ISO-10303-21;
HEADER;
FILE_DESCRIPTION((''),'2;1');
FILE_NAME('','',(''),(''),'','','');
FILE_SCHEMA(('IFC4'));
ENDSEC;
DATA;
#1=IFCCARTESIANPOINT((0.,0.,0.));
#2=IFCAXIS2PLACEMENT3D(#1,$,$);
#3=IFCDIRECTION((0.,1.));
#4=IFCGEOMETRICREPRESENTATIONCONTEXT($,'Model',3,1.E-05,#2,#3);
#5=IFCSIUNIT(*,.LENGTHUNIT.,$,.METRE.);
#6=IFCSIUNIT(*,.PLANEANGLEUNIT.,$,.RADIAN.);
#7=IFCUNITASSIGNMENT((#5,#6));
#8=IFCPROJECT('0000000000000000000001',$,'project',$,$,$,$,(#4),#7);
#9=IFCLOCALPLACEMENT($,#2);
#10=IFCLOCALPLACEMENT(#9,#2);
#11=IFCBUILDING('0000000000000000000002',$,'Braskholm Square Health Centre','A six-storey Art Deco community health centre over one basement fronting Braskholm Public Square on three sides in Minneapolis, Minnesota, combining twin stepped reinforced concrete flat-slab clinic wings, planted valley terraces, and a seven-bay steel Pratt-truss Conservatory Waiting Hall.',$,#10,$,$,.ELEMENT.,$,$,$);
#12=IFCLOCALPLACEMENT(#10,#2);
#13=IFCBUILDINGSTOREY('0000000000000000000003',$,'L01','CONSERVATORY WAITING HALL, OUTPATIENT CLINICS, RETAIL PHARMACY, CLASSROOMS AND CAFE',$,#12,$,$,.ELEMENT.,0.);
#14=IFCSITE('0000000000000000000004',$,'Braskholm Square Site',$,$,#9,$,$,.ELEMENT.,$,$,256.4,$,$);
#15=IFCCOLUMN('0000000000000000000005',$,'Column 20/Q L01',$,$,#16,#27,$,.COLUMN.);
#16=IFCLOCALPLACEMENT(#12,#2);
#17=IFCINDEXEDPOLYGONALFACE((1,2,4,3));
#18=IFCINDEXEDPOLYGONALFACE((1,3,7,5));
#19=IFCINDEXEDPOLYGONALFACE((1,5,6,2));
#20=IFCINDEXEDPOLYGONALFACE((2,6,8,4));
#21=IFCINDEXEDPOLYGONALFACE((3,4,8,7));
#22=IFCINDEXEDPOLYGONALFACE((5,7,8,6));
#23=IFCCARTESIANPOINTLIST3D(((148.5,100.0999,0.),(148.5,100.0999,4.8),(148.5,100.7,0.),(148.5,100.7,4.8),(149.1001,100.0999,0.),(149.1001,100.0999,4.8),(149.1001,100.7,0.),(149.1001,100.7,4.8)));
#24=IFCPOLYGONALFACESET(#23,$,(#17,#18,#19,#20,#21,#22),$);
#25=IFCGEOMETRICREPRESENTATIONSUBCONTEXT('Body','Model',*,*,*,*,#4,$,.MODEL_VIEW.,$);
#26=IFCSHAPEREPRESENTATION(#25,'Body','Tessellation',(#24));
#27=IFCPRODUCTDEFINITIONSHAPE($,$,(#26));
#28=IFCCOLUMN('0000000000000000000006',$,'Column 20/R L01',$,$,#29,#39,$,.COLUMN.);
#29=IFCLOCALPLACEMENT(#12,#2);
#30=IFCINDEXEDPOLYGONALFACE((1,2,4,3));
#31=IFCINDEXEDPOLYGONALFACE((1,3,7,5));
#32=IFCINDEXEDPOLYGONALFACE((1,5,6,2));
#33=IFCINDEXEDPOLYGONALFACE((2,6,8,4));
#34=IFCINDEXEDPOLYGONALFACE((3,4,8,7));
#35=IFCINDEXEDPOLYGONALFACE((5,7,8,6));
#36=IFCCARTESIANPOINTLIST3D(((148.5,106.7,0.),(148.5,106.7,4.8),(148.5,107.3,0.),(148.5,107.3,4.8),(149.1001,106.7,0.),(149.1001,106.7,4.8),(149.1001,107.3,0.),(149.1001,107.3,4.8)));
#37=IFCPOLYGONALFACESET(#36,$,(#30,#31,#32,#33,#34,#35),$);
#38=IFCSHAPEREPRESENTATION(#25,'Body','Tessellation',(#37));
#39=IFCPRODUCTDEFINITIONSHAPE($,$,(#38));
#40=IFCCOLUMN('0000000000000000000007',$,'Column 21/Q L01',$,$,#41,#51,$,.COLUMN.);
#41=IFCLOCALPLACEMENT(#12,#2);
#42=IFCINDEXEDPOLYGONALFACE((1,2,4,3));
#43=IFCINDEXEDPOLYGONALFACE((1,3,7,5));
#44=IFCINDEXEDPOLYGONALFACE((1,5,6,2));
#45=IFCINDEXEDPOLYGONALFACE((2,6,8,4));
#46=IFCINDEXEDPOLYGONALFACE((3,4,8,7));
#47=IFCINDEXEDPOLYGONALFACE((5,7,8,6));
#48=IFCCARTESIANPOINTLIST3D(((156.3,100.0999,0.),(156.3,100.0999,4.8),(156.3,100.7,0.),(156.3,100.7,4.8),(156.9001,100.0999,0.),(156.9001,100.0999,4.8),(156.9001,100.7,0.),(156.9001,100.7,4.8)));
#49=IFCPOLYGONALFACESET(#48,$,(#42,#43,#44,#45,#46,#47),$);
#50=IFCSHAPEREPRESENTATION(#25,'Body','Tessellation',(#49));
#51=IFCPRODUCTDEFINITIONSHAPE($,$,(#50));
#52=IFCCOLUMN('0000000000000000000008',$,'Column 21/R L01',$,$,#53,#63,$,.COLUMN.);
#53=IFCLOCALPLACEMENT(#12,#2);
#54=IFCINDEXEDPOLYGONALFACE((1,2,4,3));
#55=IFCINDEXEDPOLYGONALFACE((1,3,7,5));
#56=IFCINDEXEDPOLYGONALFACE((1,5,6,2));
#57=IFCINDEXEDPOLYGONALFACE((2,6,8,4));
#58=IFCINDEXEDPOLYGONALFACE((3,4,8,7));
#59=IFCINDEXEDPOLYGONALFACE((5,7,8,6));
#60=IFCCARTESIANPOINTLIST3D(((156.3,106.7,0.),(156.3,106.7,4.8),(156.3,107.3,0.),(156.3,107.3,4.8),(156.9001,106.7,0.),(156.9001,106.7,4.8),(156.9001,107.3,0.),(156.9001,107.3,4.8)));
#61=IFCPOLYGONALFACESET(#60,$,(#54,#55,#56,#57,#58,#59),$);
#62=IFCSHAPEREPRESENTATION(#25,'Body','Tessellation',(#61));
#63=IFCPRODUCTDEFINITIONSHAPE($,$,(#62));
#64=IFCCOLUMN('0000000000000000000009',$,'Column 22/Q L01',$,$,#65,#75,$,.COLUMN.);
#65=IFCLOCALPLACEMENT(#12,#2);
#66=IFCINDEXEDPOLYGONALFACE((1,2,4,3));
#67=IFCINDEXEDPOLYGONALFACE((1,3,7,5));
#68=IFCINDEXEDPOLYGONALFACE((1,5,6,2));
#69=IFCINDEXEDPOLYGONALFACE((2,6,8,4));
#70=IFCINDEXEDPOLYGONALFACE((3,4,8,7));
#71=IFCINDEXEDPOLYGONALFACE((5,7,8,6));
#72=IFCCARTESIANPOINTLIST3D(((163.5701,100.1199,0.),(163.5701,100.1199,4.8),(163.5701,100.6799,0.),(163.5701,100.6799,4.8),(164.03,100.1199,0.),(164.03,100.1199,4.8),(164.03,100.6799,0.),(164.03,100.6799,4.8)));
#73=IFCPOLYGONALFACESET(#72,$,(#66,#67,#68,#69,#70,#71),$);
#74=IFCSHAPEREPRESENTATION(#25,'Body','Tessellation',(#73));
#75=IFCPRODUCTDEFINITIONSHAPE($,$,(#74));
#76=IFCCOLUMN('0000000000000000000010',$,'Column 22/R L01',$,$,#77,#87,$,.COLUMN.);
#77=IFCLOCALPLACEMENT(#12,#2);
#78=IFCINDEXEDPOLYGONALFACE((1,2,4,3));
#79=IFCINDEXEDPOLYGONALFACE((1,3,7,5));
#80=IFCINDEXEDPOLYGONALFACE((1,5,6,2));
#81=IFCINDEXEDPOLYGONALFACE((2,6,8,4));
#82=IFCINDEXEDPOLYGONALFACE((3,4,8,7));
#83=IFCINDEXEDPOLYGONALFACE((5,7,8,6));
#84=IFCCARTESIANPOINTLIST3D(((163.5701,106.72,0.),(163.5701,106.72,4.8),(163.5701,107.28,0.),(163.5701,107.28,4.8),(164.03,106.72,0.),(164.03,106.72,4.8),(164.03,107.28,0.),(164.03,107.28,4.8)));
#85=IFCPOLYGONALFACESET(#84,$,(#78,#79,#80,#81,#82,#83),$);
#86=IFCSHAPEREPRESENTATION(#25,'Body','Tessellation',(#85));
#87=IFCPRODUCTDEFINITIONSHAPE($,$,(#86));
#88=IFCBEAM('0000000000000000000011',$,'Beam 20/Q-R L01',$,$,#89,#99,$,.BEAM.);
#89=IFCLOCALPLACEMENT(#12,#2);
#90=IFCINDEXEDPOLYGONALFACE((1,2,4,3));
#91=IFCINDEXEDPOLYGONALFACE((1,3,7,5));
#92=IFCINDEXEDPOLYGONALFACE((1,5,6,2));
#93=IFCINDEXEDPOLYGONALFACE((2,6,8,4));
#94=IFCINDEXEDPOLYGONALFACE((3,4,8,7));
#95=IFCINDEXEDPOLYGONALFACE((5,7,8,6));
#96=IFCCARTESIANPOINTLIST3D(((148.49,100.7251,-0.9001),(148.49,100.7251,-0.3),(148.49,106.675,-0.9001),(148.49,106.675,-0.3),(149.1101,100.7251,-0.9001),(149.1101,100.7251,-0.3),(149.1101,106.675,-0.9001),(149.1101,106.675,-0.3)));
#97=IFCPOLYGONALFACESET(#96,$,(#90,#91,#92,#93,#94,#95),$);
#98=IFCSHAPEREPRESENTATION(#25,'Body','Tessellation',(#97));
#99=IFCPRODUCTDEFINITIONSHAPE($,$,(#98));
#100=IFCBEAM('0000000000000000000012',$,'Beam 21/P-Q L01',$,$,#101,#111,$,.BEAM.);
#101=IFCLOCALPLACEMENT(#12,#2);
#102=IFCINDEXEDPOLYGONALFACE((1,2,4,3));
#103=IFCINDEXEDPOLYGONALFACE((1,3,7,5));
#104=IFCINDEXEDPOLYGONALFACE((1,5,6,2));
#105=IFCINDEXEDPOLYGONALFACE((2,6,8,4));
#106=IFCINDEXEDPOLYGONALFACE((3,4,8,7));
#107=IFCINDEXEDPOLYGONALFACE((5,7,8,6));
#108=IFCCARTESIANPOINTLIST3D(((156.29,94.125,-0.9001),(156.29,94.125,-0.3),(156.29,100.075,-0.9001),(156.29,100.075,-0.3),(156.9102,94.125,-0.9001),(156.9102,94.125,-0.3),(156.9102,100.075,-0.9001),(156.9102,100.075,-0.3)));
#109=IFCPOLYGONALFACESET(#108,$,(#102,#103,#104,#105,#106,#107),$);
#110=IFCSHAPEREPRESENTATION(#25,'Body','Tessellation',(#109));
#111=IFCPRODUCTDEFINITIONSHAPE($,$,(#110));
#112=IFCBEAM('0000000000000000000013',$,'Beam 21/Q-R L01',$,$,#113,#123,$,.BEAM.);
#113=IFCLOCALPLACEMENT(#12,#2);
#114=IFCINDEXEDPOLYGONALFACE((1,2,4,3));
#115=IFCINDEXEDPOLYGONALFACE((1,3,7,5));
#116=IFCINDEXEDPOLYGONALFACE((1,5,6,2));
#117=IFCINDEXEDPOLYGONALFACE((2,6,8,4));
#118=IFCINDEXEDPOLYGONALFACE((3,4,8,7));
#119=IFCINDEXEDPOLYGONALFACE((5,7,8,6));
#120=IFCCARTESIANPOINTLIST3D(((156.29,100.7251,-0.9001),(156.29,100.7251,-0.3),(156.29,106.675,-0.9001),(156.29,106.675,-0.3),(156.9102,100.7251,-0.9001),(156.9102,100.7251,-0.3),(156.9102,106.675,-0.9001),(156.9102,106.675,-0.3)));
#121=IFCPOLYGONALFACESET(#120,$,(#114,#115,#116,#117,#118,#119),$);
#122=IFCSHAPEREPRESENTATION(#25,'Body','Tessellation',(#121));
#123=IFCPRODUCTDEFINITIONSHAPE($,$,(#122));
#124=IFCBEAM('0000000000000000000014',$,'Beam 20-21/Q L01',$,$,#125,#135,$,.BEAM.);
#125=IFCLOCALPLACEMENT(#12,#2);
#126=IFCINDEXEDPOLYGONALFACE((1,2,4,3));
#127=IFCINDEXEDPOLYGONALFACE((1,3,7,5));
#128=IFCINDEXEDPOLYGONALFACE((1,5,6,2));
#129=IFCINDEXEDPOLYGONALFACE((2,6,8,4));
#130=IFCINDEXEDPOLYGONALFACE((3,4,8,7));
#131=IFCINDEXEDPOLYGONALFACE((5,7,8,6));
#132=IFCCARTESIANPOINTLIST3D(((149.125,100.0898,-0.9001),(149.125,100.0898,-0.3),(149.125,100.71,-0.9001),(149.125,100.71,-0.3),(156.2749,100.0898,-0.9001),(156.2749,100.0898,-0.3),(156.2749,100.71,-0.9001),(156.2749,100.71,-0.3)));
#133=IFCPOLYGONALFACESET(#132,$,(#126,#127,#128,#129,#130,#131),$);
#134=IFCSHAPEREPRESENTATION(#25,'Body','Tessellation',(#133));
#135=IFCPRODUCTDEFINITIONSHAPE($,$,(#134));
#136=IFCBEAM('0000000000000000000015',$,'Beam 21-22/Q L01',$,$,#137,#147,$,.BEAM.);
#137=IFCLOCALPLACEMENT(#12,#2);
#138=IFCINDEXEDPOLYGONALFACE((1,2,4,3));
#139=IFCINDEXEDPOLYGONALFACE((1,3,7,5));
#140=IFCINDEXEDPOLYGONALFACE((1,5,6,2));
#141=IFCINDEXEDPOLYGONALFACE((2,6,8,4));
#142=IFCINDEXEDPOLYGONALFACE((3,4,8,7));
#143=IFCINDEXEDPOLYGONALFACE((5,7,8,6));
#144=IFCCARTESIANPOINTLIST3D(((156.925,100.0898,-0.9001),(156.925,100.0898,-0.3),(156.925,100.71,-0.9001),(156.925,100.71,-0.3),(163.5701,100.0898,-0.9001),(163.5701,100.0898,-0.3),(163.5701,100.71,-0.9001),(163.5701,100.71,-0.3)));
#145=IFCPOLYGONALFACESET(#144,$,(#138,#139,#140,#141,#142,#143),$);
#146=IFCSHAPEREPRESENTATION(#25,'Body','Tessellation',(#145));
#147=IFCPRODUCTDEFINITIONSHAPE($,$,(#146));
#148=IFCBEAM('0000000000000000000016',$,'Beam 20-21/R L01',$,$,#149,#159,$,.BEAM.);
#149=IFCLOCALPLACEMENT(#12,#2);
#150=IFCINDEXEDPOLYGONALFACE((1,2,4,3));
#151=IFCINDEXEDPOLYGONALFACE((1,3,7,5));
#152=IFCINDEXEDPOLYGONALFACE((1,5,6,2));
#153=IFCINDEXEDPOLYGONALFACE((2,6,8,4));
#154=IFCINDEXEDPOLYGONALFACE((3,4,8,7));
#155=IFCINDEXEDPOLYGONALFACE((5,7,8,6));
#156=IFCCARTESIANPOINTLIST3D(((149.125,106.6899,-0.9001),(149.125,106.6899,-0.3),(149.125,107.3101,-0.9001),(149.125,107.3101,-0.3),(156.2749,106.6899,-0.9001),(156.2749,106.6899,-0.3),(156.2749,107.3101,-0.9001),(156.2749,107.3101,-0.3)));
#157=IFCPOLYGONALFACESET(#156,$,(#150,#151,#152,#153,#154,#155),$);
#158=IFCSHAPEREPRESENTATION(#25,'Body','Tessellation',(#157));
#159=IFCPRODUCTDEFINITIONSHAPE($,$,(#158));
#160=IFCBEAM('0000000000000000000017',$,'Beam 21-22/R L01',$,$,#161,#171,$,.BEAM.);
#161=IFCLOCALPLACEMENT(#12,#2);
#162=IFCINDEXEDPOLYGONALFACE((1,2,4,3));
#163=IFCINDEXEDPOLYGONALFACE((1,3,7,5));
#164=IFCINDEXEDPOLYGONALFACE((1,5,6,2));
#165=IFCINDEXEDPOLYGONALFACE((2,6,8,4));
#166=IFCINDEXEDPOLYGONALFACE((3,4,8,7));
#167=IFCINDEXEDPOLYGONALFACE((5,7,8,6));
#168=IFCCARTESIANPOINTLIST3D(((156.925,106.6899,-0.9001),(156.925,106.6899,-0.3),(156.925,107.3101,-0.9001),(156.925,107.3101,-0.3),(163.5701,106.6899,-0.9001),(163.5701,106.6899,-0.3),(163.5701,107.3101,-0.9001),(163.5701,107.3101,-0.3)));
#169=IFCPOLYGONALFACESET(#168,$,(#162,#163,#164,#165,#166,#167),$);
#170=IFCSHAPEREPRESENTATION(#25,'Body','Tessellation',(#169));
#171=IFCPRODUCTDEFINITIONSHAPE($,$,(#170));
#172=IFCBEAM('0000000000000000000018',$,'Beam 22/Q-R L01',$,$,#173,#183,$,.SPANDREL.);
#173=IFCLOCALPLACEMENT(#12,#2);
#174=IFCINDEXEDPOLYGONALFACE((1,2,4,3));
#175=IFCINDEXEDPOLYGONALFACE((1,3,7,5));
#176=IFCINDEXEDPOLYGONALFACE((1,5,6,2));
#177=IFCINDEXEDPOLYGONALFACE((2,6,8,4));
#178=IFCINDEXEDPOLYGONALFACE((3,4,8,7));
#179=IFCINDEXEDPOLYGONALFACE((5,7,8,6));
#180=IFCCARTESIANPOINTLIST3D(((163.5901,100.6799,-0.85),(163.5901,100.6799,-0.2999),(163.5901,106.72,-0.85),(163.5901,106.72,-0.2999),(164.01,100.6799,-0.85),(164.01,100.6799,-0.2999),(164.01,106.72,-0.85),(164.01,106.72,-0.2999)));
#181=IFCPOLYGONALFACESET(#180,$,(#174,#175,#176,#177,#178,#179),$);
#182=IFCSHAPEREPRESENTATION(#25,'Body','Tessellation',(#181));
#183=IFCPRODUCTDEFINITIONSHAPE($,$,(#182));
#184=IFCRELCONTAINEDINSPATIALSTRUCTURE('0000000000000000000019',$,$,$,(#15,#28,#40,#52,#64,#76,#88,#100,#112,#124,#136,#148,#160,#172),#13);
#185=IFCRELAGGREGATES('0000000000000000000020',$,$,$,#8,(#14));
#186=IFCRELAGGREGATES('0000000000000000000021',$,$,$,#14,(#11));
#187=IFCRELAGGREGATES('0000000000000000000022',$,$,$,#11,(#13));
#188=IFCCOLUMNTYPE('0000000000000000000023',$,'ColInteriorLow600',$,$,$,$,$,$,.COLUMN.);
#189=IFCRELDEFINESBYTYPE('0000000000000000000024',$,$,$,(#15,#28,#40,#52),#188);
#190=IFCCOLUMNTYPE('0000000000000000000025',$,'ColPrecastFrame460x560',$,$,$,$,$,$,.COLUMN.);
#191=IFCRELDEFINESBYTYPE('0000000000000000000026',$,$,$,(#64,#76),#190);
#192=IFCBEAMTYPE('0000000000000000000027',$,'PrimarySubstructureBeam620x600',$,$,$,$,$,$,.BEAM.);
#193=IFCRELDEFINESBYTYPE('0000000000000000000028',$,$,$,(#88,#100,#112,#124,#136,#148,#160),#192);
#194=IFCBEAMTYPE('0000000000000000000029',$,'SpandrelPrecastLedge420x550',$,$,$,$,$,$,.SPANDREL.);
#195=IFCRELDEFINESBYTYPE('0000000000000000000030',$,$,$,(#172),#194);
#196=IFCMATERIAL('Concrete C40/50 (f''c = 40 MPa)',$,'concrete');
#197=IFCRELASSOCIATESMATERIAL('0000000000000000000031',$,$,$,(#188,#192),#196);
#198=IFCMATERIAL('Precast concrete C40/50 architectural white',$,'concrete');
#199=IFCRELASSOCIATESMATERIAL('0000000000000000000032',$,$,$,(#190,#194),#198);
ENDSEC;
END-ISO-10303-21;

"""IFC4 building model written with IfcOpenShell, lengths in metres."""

from ifc_helpers import new_model, si_unit, direction, frame, origin, origin_2d, place, context, subcontext, project, spatial, rectangle, extrude, material, material_profile, profile_set, type_object, element, save


model = new_model("IFC4")

# Units and contexts
model_context = context("Model", 3, precision=1e-05, world=origin(), true_north=direction((0.0, 1.0)))
body_context = subcontext(model_context, "Body", "Model", "MODEL_VIEW")
ifc_project = project(units=[si_unit("LENGTHUNIT", "METRE"), si_unit("PLANEANGLEUNIT", "RADIAN")], contexts=[model_context])

# Site, building, storey
site_placement = place(None, origin())
site = spatial("IfcSite", under=ifc_project, at=site_placement, Name="Braskholm Square Site", CompositionType="ELEMENT", RefElevation=256.4)
building_placement = place(site_placement, origin())
building = spatial("IfcBuilding", under=site, at=building_placement, Name="Braskholm Square Health Centre", Description="A six-storey Art Deco community health centre over one basement fronting Braskholm Public Square on three sides in Minneapolis, Minnesota, combining twin stepped reinforced concrete flat-slab clinic wings, planted valley terraces, and a seven-bay steel Pratt-truss Conservatory Waiting Hall.", CompositionType="ELEMENT")
storey_placement = place(building_placement, origin())
storey = spatial("IfcBuildingStorey", under=building, at=storey_placement, Name="L01", Description="CONSERVATORY WAITING HALL, OUTPATIENT CLINICS, RETAIL PHARMACY, CLASSROOMS AND CAFE", CompositionType="ELEMENT", Elevation=0.0)

# Columns
ifc_material_1 = material(Name="Concrete C40/50 (f'c = 40 MPa)", Category="concrete")
ifc_material_profile_1 = material_profile(ifc_material_1, rectangle(XDim=0.6001, YDim=0.6001, at=origin_2d()), Name="RC-600X600")
ifc_profile_set_1 = profile_set([ifc_material_profile_1], Name="Concrete C40/50 (f'c = 40 MPa)")
column_type_1 = type_object("IfcColumnType", Name="ColInteriorLow600", PredefinedType="COLUMN", material=ifc_profile_set_1)
for number, where, z_axis, x_axis, name in (
    (1, (148.8, 100.3999, 0.0), (0.0, 0.0, 1.0), (1.0, 0.0, 0.0), "Column 20/Q L01"),
    (2, (148.8, 107.0, 0.0), (0.0, 0.0, 1.0), (1.0, 0.0, 0.0), "Column 20/R L01"),
    (3, (156.6001, 100.3999, 0.0), (0.0, 0.0, 1.0), (1.0, 0.0, 0.0), "Column 21/Q L01"),
    (4, (156.6001, 107.0, 0.0), (0.0, 0.0, 1.0), (1.0, 0.0, 0.0), "Column 21/R L01"),
):
    element("IfcColumn", number, at=place(storey_placement, frame(where, z_axis=z_axis, x_axis=x_axis)), inside=storey, type_object=column_type_1, Name=name, PredefinedType="COLUMN", context=body_context, shape_type="SweptSolid", body=[
        extrude(rectangle(XDim=0.6001, YDim=0.6001, at=origin_2d()), origin(), (0.0, 0.0, 1.0), 4.8),
    ])
ifc_material_2 = material(Name="Precast concrete C40/50 architectural white", Category="concrete")
ifc_material_profile_2 = material_profile(ifc_material_2, rectangle(XDim=0.46, YDim=0.5601, at=origin_2d()), Name="RC-460X560")
ifc_profile_set_2 = profile_set([ifc_material_profile_2], Name="Precast concrete C40/50 architectural white")
column_type_2 = type_object("IfcColumnType", Name="ColPrecastFrame460x560", PredefinedType="COLUMN", material=ifc_profile_set_2)
for number, where, z_axis, x_axis, name in (
    (5, (163.8, 100.3999, 0.0), (0.0, 0.0, 1.0), (1.0, 0.0, 0.0), "Column 22/Q L01"),
    (6, (163.8, 107.0, 0.0), (0.0, 0.0, 1.0), (1.0, 0.0, 0.0), "Column 22/R L01"),
):
    element("IfcColumn", number, at=place(storey_placement, frame(where, z_axis=z_axis, x_axis=x_axis)), inside=storey, type_object=column_type_2, Name=name, PredefinedType="COLUMN", context=body_context, shape_type="SweptSolid", body=[
        extrude(rectangle(XDim=0.46, YDim=0.5601, at=origin_2d()), origin(), (0.0, 0.0, 1.0), 4.8),
    ])

# Beams
ifc_material_profile_3 = material_profile(ifc_material_1, rectangle(XDim=0.6201, YDim=0.6001, at=origin_2d()), Name="RCB-620X600")
ifc_profile_set_3 = profile_set([ifc_material_profile_3], Name="Concrete C40/50 (f'c = 40 MPa)")
beam_type_1 = type_object("IfcBeamType", Name="PrimarySubstructureBeam620x600", PredefinedType="BEAM", material=ifc_profile_set_3)
for number, where, z_axis, x_axis, name in (
    (7, (148.8, 100.7251, -0.6001), (0.0, 1.0, 0.0), (-1.0, 0.0, 0.0), "Beam 20/Q-R L01"),
    (8, (156.6001, 94.125, -0.6001), (0.0, 1.0, 0.0), (-1.0, 0.0, 0.0), "Beam 21/P-Q L01"),
    (9, (156.6001, 100.7251, -0.6001), (0.0, 1.0, 0.0), (-1.0, 0.0, 0.0), "Beam 21/Q-R L01"),
):
    element("IfcBeam", number, at=place(storey_placement, frame(where, z_axis=z_axis, x_axis=x_axis)), inside=storey, type_object=beam_type_1, Name=name, PredefinedType="BEAM", context=body_context, shape_type="SweptSolid", body=[
        extrude(rectangle(XDim=0.6201, YDim=0.6001, at=origin_2d()), origin(), (0.0, 0.0, 1.0), 5.95),
    ])
beam_1_placement = place(storey_placement, frame((149.125, 100.3999, -0.6001), z_axis=(1.0, 0.0, 0.0), x_axis=(0.0, 1.0, 0.0)))
element("IfcBeam", 10, at=beam_1_placement, inside=storey, type_object=beam_type_1, Name="Beam 20-21/Q L01", PredefinedType="BEAM", context=body_context, shape_type="SweptSolid", body=[
    extrude(rectangle(XDim=0.6201, YDim=0.6001, at=origin_2d()), origin(), (0.0, 0.0, 1.0), 7.1499),
])
beam_2_placement = place(storey_placement, frame((156.925, 100.3999, -0.6001), z_axis=(1.0, 0.0, 0.0), x_axis=(0.0, 1.0, 0.0)))
element("IfcBeam", 11, at=beam_2_placement, inside=storey, type_object=beam_type_1, Name="Beam 21-22/Q L01", PredefinedType="BEAM", context=body_context, shape_type="SweptSolid", body=[
    extrude(rectangle(XDim=0.6201, YDim=0.6001, at=origin_2d()), origin(), (0.0, 0.0, 1.0), 6.645),
])
beam_3_placement = place(storey_placement, frame((149.125, 107.0, -0.6001), z_axis=(1.0, 0.0, 0.0), x_axis=(0.0, 1.0, 0.0)))
element("IfcBeam", 12, at=beam_3_placement, inside=storey, type_object=beam_type_1, Name="Beam 20-21/R L01", PredefinedType="BEAM", context=body_context, shape_type="SweptSolid", body=[
    extrude(rectangle(XDim=0.6201, YDim=0.6001, at=origin_2d()), origin(), (0.0, 0.0, 1.0), 7.1499),
])
beam_4_placement = place(storey_placement, frame((156.925, 107.0, -0.6001), z_axis=(1.0, 0.0, 0.0), x_axis=(0.0, 1.0, 0.0)))
element("IfcBeam", 13, at=beam_4_placement, inside=storey, type_object=beam_type_1, Name="Beam 21-22/R L01", PredefinedType="BEAM", context=body_context, shape_type="SweptSolid", body=[
    extrude(rectangle(XDim=0.6201, YDim=0.6001, at=origin_2d()), origin(), (0.0, 0.0, 1.0), 6.645),
])
ifc_material_profile_4 = material_profile(ifc_material_2, rectangle(XDim=0.4199, YDim=0.55, at=origin_2d()), Name="RCB-420X550")
ifc_profile_set_4 = profile_set([ifc_material_profile_4], Name="Precast concrete C40/50 architectural white")
beam_type_2 = type_object("IfcBeamType", Name="SpandrelPrecastLedge420x550", PredefinedType="SPANDREL", material=ifc_profile_set_4)
beam_5_placement = place(storey_placement, frame((163.8, 100.6799, -0.575), z_axis=(0.0, 1.0, 0.0), x_axis=(-1.0, 0.0, 0.0)))
element("IfcBeam", 14, at=beam_5_placement, inside=storey, type_object=beam_type_2, Name="Beam 22/Q-R L01", PredefinedType="SPANDREL", context=body_context, shape_type="SweptSolid", body=[
    extrude(rectangle(XDim=0.4199, YDim=0.55, at=origin_2d()), origin(), (0.0, 0.0, 1.0), 6.04),
])

save(model, "model.ifc")
